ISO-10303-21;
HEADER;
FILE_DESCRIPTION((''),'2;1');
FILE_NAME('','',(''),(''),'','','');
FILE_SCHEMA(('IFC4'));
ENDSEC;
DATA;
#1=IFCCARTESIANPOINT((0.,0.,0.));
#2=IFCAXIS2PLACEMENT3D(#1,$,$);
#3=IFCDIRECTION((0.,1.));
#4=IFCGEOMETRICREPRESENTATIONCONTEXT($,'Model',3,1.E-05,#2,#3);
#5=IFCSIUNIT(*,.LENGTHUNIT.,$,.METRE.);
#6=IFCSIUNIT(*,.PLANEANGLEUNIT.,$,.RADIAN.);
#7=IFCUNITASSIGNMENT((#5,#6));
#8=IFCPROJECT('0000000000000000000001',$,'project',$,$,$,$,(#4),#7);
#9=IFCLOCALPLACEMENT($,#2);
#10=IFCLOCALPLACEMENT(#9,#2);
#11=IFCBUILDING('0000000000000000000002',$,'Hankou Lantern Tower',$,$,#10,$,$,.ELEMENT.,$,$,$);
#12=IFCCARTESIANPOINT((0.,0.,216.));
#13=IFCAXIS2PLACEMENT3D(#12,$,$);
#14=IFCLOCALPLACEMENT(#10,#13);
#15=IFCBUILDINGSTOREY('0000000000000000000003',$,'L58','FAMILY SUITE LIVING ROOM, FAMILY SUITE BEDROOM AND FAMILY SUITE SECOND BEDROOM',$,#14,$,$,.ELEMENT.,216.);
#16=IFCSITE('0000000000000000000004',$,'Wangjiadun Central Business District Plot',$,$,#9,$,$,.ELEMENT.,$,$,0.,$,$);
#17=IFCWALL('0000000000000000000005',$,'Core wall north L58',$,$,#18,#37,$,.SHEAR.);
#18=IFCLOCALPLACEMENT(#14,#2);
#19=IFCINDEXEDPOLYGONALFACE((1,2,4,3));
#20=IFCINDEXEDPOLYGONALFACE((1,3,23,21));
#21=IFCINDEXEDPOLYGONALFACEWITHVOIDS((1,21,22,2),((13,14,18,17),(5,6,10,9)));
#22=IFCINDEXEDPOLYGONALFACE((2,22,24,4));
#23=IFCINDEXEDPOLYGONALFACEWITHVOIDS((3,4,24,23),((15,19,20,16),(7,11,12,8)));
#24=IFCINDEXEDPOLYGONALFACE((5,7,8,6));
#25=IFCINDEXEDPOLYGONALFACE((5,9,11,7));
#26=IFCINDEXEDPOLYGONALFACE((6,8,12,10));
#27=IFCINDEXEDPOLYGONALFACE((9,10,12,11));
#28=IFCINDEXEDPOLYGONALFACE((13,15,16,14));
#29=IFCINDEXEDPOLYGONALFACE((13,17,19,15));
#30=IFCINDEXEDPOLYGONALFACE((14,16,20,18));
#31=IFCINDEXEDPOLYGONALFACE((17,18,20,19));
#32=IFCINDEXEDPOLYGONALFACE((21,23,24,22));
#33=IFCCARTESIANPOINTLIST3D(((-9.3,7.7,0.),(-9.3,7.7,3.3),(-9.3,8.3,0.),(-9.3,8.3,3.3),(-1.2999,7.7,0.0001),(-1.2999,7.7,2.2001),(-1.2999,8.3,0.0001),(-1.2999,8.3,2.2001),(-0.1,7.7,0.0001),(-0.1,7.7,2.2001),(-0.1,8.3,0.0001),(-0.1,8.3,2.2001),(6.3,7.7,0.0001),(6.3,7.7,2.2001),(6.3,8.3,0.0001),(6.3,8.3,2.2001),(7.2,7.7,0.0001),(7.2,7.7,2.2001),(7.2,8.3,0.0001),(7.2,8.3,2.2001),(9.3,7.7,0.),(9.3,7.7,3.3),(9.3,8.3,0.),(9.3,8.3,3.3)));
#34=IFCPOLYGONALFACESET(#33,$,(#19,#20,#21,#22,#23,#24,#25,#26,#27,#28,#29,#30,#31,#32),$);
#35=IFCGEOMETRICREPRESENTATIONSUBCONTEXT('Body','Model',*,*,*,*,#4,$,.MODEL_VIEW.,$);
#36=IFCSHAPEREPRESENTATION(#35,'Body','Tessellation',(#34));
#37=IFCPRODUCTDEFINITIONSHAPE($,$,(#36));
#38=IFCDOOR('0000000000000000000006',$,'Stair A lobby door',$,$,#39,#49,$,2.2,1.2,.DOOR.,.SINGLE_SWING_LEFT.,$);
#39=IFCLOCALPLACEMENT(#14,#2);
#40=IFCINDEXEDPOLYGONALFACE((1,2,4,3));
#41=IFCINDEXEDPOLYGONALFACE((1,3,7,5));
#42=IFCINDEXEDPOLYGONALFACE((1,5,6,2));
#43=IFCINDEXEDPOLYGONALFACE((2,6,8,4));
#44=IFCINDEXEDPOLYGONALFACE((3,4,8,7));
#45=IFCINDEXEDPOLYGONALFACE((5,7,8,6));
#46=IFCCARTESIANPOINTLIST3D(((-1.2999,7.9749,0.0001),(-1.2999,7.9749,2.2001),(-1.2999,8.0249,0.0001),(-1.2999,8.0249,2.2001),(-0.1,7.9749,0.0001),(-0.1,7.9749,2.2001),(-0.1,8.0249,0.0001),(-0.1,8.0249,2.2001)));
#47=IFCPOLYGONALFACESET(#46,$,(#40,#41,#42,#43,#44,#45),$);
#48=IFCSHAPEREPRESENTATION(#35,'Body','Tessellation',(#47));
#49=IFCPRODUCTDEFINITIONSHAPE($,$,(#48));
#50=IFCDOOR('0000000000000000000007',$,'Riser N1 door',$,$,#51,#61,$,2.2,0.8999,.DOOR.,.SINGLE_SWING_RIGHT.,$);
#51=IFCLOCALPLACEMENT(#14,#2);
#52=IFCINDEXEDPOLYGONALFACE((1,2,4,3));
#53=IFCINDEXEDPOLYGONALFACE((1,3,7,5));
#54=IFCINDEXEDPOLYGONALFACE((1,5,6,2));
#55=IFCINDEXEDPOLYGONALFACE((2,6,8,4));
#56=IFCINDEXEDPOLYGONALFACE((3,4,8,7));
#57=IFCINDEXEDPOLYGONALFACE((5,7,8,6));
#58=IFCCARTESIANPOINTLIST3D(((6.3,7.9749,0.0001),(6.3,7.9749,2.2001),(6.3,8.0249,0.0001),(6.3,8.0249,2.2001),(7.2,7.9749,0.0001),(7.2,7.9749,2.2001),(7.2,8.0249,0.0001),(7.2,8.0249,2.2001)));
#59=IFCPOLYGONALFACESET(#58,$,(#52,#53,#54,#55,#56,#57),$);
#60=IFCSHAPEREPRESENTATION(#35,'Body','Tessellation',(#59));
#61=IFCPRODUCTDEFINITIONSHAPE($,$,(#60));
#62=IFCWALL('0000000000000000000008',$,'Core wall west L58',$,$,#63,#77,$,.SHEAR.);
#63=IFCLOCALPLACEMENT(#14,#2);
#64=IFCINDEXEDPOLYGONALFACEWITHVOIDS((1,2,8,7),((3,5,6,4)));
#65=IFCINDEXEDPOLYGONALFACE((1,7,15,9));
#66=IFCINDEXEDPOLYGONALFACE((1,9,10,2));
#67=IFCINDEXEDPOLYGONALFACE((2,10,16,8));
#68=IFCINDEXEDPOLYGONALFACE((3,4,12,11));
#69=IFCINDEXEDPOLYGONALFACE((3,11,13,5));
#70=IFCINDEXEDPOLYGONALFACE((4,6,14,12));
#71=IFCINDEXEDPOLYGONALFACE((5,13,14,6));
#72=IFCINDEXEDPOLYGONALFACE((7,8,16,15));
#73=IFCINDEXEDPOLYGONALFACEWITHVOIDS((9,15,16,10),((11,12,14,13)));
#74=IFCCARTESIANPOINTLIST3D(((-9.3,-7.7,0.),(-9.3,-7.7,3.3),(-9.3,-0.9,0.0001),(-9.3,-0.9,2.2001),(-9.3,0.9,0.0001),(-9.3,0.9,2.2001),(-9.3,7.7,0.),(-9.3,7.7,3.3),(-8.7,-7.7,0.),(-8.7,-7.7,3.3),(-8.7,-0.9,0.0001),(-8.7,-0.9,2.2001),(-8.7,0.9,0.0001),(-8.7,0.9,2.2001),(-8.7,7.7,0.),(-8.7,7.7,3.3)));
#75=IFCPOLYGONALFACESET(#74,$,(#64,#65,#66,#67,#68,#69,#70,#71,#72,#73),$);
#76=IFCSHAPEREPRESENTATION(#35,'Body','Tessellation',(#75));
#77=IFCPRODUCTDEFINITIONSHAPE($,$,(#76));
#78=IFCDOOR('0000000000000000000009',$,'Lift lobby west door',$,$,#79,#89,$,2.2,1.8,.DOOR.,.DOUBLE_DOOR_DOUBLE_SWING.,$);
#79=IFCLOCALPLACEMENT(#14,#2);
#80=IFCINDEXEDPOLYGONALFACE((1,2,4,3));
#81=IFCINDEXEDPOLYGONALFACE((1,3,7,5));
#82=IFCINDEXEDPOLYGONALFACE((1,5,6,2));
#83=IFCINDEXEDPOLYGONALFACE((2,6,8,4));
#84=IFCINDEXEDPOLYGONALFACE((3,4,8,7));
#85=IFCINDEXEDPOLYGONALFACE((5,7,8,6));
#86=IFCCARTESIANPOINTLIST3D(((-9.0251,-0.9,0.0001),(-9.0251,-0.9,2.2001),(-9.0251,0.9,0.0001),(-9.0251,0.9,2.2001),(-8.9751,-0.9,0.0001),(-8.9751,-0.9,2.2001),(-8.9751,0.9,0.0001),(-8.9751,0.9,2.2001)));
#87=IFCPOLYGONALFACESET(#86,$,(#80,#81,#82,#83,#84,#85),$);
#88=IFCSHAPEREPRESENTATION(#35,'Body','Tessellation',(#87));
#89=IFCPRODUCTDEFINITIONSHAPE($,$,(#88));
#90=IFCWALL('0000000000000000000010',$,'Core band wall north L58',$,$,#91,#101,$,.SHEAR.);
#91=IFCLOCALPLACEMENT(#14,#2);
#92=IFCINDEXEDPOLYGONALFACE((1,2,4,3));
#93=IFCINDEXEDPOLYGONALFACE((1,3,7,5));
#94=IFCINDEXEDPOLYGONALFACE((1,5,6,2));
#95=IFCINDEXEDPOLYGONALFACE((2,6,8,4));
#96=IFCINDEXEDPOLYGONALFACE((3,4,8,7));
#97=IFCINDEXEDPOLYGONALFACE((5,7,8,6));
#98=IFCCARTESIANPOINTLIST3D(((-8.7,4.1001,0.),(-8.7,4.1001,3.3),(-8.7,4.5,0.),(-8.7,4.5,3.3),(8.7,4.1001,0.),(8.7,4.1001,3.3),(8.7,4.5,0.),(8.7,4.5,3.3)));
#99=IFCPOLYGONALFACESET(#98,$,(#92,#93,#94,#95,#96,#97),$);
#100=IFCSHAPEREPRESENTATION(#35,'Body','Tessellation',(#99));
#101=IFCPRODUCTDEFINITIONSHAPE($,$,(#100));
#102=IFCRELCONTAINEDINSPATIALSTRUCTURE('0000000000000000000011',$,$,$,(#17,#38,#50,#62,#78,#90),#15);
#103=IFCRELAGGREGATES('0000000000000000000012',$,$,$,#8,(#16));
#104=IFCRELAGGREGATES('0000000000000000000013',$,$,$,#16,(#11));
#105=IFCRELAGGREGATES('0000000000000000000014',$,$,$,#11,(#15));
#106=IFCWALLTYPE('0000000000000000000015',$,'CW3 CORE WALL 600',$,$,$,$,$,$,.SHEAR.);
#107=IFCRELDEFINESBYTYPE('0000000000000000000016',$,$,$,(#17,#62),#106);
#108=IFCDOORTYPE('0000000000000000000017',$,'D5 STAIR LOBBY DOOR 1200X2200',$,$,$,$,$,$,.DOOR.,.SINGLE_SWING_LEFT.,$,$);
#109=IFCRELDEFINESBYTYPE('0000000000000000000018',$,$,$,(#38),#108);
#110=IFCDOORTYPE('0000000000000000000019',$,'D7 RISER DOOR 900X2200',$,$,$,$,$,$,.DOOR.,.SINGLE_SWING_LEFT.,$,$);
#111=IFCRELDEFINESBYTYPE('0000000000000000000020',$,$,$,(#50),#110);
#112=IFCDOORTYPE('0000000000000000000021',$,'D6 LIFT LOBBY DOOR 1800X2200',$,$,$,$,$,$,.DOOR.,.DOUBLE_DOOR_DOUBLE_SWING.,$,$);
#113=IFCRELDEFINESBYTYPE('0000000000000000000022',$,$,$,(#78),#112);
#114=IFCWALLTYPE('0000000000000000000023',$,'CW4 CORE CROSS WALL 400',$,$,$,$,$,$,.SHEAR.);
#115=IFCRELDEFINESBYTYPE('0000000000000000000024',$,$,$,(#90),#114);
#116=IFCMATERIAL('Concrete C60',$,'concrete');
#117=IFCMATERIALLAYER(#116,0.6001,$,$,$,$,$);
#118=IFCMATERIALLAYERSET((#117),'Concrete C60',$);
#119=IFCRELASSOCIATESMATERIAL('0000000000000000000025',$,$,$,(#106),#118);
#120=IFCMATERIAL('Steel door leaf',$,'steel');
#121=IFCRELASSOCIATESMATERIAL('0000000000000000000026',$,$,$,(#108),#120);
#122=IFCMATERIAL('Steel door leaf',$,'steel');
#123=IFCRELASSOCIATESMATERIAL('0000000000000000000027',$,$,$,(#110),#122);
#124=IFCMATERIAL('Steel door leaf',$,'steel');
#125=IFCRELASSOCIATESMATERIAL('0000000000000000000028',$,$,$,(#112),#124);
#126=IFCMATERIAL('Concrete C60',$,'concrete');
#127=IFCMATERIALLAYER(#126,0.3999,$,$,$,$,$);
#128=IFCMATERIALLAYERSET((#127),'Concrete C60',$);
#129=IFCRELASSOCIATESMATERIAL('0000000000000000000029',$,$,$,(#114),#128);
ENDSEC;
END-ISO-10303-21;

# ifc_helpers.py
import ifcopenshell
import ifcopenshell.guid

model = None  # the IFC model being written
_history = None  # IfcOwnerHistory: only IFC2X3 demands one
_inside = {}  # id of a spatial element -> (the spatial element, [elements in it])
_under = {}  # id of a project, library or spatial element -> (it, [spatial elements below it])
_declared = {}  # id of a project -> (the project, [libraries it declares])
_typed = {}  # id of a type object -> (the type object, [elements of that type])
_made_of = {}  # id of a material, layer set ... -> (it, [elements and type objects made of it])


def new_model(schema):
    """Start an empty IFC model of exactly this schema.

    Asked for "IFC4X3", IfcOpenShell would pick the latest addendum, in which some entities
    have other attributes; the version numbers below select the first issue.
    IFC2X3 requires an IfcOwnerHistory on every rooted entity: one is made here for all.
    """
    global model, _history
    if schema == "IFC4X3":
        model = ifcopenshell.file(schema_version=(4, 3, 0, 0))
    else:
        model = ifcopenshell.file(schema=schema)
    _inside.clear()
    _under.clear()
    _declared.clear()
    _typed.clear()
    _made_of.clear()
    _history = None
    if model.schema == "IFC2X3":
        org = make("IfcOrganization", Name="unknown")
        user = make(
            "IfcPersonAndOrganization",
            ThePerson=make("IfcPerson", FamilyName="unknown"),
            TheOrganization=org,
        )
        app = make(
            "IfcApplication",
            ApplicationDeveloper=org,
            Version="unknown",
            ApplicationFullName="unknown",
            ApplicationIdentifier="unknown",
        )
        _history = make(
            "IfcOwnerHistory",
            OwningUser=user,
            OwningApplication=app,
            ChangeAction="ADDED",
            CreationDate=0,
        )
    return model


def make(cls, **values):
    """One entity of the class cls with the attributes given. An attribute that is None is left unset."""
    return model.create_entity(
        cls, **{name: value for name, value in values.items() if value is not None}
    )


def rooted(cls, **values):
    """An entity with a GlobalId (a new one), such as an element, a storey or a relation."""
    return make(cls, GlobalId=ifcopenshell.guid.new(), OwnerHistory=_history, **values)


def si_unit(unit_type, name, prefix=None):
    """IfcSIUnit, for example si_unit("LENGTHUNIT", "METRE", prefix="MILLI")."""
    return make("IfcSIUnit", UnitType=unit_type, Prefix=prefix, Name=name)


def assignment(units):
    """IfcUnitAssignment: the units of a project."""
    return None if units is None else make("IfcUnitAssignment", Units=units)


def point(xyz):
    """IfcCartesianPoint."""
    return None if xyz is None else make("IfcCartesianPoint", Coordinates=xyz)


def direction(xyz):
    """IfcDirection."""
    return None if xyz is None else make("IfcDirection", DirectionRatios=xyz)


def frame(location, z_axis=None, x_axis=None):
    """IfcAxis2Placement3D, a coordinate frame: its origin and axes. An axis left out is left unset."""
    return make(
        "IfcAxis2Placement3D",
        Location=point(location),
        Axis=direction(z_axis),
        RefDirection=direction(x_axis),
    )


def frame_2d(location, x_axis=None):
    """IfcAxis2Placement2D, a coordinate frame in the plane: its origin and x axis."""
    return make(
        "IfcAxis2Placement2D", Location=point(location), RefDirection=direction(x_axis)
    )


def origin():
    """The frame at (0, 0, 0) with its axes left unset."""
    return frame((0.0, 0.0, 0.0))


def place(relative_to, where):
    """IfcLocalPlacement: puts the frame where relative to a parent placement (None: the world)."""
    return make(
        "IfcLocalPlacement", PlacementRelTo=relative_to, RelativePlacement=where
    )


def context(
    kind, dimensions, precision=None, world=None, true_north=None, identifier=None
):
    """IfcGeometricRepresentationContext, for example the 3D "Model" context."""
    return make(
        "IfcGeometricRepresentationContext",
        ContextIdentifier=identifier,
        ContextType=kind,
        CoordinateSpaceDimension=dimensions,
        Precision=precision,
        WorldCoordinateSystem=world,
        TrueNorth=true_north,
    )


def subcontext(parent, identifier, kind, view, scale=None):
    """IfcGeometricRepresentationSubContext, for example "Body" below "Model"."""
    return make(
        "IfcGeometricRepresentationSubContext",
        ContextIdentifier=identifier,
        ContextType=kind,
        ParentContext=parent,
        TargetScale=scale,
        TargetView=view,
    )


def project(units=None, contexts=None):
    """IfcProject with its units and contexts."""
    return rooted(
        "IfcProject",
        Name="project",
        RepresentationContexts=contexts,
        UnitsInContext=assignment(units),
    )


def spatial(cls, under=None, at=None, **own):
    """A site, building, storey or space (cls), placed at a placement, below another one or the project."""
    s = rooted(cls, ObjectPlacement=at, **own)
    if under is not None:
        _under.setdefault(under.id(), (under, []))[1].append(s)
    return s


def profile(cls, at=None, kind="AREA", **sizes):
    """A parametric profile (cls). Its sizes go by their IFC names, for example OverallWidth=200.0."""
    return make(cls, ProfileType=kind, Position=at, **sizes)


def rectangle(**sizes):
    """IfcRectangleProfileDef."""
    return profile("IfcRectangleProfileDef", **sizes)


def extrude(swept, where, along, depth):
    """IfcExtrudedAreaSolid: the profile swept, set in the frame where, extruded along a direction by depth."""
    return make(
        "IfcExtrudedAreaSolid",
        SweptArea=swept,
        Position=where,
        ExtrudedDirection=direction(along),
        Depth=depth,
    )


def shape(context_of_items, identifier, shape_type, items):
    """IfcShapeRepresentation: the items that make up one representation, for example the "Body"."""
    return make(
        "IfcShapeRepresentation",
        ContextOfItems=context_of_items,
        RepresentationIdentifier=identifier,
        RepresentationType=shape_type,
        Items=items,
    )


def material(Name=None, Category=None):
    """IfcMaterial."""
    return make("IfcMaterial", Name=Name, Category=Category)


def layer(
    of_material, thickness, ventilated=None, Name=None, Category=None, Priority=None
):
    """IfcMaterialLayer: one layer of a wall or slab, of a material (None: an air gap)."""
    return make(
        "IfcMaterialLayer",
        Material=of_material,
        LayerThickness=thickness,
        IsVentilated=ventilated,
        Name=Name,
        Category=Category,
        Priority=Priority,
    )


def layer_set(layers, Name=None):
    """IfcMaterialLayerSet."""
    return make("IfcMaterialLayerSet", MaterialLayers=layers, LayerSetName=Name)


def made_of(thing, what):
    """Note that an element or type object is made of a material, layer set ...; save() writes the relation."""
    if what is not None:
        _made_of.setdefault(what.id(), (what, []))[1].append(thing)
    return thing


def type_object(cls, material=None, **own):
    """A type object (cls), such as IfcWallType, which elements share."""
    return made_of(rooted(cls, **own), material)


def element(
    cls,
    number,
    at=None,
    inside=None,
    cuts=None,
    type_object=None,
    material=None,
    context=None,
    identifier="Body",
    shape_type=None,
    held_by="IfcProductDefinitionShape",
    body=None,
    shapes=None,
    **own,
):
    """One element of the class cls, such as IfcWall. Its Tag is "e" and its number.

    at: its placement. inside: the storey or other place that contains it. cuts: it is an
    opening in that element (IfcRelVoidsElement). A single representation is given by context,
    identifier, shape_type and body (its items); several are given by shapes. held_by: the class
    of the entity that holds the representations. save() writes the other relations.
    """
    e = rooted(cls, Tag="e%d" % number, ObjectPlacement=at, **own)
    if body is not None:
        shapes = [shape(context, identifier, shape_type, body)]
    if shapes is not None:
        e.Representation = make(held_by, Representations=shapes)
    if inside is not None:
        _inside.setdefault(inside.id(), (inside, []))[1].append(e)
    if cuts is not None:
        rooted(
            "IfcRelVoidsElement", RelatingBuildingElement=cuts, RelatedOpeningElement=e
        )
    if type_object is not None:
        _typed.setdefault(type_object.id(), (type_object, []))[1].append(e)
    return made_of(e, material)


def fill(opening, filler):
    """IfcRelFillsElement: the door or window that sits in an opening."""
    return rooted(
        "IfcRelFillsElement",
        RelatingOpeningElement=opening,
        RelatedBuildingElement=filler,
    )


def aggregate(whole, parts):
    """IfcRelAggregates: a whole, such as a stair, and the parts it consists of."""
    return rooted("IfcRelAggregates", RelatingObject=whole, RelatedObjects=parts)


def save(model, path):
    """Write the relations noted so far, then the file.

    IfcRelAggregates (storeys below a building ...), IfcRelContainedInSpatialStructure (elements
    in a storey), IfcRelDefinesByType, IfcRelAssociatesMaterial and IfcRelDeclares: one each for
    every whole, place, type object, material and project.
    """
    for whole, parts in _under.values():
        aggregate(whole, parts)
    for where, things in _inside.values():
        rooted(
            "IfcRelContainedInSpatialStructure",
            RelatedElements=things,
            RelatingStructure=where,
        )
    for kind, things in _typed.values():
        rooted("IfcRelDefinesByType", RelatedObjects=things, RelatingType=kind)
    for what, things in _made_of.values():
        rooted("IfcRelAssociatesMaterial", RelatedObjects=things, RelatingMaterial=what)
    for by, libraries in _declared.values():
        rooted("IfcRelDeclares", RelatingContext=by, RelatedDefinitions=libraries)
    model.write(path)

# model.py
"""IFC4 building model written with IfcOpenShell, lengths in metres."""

from ifc_helpers import new_model, si_unit, direction, frame, frame_2d, origin, place, context, subcontext, project, spatial, rectangle, extrude, material, layer, layer_set, type_object, element, fill, save


model = new_model("IFC4")

# Units and contexts
model_context = context("Model", 3, precision=1e-05, world=origin(), true_north=direction((0.0, 1.0)))
body_context = subcontext(model_context, "Body", "Model", "MODEL_VIEW")
ifc_project = project(units=[si_unit("LENGTHUNIT", "METRE"), si_unit("PLANEANGLEUNIT", "RADIAN")], contexts=[model_context])

# Site, building, storey
site_placement = place(None, origin())
site = spatial("IfcSite", under=ifc_project, at=site_placement, Name="Wangjiadun Central Business District Plot", CompositionType="ELEMENT", RefElevation=0.0)
building_placement = place(site_placement, origin())
building = spatial("IfcBuilding", under=site, at=building_placement, Name="Hankou Lantern Tower", CompositionType="ELEMENT")
storey_placement = place(building_placement, frame((0.0, 0.0, 216.0)))
storey = spatial("IfcBuildingStorey", under=building, at=storey_placement, Name="L58", Description="FAMILY SUITE LIVING ROOM, FAMILY SUITE BEDROOM AND FAMILY SUITE SECOND BEDROOM", CompositionType="ELEMENT", Elevation=216.0)

# Wall, openings, doors
ifc_material_1 = material(Name="Concrete C60", Category="concrete")
ifc_layer_1 = layer(ifc_material_1, 0.6001)
ifc_layer_set_1 = layer_set([ifc_layer_1], Name="Concrete C60")
wall_type_1 = type_object("IfcWallType", Name="CW3 CORE WALL 600", PredefinedType="SHEAR", material=ifc_layer_set_1)
wall_1_placement = place(storey_placement, frame((-9.3, 8.0, 0.0), z_axis=(0.0, 0.0, 1.0), x_axis=(1.0, 0.0, 0.0)))
wall_1 = element("IfcWall", 1, at=wall_1_placement, inside=storey, type_object=wall_type_1, Name="Core wall north L58", PredefinedType="SHEAR", context=body_context, shape_type="SweptSolid", body=[
    extrude(rectangle(XDim=18.6001, YDim=0.6001, at=frame_2d((9.3, 0.0))), origin(), (0.0, 0.0, 1.0), 3.3),
])
opening_1_placement = place(wall_1_placement, frame((8.0, 0.0, 0.0)))
opening_1 = element("IfcOpeningElement", 2, at=opening_1_placement, cuts=wall_1, PredefinedType="OPENING", context=body_context, shape_type="SweptSolid", body=[
    extrude(rectangle(XDim=1.2, YDim=2.2, at=frame_2d((0.6001, 1.1001))), frame((0.0, 0.3101, 0.0), z_axis=(0.0, -1.0, 0.0), x_axis=(1.0, 0.0, 0.0)), (0.0, 0.0, 1.0), 0.6201),
])
opening_2_placement = place(wall_1_placement, frame((15.6001, 0.0, 0.0)))
opening_2 = element("IfcOpeningElement", 3, at=opening_2_placement, cuts=wall_1, PredefinedType="OPENING", context=body_context, shape_type="SweptSolid", body=[
    extrude(rectangle(XDim=0.8999, YDim=2.2, at=frame_2d((0.45, 1.1001))), frame((0.0, 0.3101, 0.0), z_axis=(0.0, -1.0, 0.0), x_axis=(1.0, 0.0, 0.0)), (0.0, 0.0, 1.0), 0.6201),
])
ifc_material_2 = material(Name="Steel door leaf", Category="steel")
door_type_1 = type_object("IfcDoorType", Name="D5 STAIR LOBBY DOOR 1200X2200", OperationType="SINGLE_SWING_LEFT", PredefinedType="DOOR", material=ifc_material_2)
door_1_placement = place(opening_1_placement, origin())
door_1 = element("IfcDoor", 4, at=door_1_placement, inside=storey, type_object=door_type_1, Name="Stair A lobby door", OperationType="SINGLE_SWING_LEFT", OverallHeight=2.2, OverallWidth=1.2, PredefinedType="DOOR", context=body_context, shape_type="SweptSolid", body=[
    extrude(rectangle(XDim=1.2, YDim=2.2, at=frame_2d((0.6001, 1.1001))), frame((0.0, 0.0249, 0.0), z_axis=(0.0, -1.0, 0.0), x_axis=(1.0, 0.0, 0.0)), (0.0, 0.0, 1.0), 0.05),
])
fill(opening_1, door_1)
ifc_material_3 = material(Name="Steel door leaf", Category="steel")
door_type_2 = type_object("IfcDoorType", Name="D7 RISER DOOR 900X2200", OperationType="SINGLE_SWING_LEFT", PredefinedType="DOOR", material=ifc_material_3)
door_2_placement = place(opening_2_placement, origin())
door_2 = element("IfcDoor", 5, at=door_2_placement, inside=storey, type_object=door_type_2, Name="Riser N1 door", OperationType="SINGLE_SWING_RIGHT", OverallHeight=2.2, OverallWidth=0.8999, PredefinedType="DOOR", context=body_context, shape_type="SweptSolid", body=[
    extrude(rectangle(XDim=0.8999, YDim=2.2, at=frame_2d((0.45, 1.1001))), frame((0.0, 0.0249, 0.0), z_axis=(0.0, -1.0, 0.0), x_axis=(1.0, 0.0, 0.0)), (0.0, 0.0, 1.0), 0.05),
])
fill(opening_2, door_2)

# Wall, opening, door
wall_2_placement = place(storey_placement, frame((-9.0, 7.7, 0.0), z_axis=(0.0, 0.0, 1.0), x_axis=(0.0, -1.0, 0.0)))
wall_2 = element("IfcWall", 6, at=wall_2_placement, inside=storey, type_object=wall_type_1, Name="Core wall west L58", PredefinedType="SHEAR", context=body_context, shape_type="SweptSolid", body=[
    extrude(rectangle(XDim=15.3999, YDim=0.6001, at=frame_2d((7.7, 0.0))), origin(), (0.0, 0.0, 1.0), 3.3),
])
opening_3_placement = place(wall_2_placement, frame((6.8, 0.0, 0.0)))
opening_3 = element("IfcOpeningElement", 7, at=opening_3_placement, cuts=wall_2, PredefinedType="OPENING", context=body_context, shape_type="SweptSolid", body=[
    extrude(rectangle(XDim=1.8, YDim=2.2, at=frame_2d((0.8999, 1.1001))), frame((0.0, 0.3101, 0.0), z_axis=(0.0, -1.0, 0.0), x_axis=(1.0, 0.0, 0.0)), (0.0, 0.0, 1.0), 0.6201),
])
ifc_material_4 = material(Name="Steel door leaf", Category="steel")
door_type_3 = type_object("IfcDoorType", Name="D6 LIFT LOBBY DOOR 1800X2200", OperationType="DOUBLE_DOOR_DOUBLE_SWING", PredefinedType="DOOR", material=ifc_material_4)
door_3_placement = place(opening_3_placement, origin())
door_3 = element("IfcDoor", 8, at=door_3_placement, inside=storey, type_object=door_type_3, Name="Lift lobby west door", OperationType="DOUBLE_DOOR_DOUBLE_SWING", OverallHeight=2.2, OverallWidth=1.8, PredefinedType="DOOR", context=body_context, shape_type="SweptSolid", body=[
    extrude(rectangle(XDim=1.8, YDim=2.2, at=frame_2d((0.8999, 1.1001))), frame((0.0, 0.0249, 0.0), z_axis=(0.0, -1.0, 0.0), x_axis=(1.0, 0.0, 0.0)), (0.0, 0.0, 1.0), 0.05),
])
fill(opening_3, door_3)

# Wall
ifc_material_5 = material(Name="Concrete C60", Category="concrete")
ifc_layer_2 = layer(ifc_material_5, 0.3999)
ifc_layer_set_2 = layer_set([ifc_layer_2], Name="Concrete C60")
wall_type_2 = type_object("IfcWallType", Name="CW4 CORE CROSS WALL 400", PredefinedType="SHEAR", material=ifc_layer_set_2)
wall_3_placement = place(storey_placement, frame((-8.7, 4.3, 0.0), z_axis=(0.0, 0.0, 1.0), x_axis=(1.0, 0.0, 0.0)))
element("IfcWall", 9, at=wall_3_placement, inside=storey, type_object=wall_type_2, Name="Core band wall north L58", PredefinedType="SHEAR", context=body_context, shape_type="SweptSolid", body=[
    extrude(rectangle(XDim=17.3999, YDim=0.3999, at=frame_2d((8.7, 0.0))), origin(), (0.0, 0.0, 1.0), 3.3),
])

save(model, "model.ifc")
